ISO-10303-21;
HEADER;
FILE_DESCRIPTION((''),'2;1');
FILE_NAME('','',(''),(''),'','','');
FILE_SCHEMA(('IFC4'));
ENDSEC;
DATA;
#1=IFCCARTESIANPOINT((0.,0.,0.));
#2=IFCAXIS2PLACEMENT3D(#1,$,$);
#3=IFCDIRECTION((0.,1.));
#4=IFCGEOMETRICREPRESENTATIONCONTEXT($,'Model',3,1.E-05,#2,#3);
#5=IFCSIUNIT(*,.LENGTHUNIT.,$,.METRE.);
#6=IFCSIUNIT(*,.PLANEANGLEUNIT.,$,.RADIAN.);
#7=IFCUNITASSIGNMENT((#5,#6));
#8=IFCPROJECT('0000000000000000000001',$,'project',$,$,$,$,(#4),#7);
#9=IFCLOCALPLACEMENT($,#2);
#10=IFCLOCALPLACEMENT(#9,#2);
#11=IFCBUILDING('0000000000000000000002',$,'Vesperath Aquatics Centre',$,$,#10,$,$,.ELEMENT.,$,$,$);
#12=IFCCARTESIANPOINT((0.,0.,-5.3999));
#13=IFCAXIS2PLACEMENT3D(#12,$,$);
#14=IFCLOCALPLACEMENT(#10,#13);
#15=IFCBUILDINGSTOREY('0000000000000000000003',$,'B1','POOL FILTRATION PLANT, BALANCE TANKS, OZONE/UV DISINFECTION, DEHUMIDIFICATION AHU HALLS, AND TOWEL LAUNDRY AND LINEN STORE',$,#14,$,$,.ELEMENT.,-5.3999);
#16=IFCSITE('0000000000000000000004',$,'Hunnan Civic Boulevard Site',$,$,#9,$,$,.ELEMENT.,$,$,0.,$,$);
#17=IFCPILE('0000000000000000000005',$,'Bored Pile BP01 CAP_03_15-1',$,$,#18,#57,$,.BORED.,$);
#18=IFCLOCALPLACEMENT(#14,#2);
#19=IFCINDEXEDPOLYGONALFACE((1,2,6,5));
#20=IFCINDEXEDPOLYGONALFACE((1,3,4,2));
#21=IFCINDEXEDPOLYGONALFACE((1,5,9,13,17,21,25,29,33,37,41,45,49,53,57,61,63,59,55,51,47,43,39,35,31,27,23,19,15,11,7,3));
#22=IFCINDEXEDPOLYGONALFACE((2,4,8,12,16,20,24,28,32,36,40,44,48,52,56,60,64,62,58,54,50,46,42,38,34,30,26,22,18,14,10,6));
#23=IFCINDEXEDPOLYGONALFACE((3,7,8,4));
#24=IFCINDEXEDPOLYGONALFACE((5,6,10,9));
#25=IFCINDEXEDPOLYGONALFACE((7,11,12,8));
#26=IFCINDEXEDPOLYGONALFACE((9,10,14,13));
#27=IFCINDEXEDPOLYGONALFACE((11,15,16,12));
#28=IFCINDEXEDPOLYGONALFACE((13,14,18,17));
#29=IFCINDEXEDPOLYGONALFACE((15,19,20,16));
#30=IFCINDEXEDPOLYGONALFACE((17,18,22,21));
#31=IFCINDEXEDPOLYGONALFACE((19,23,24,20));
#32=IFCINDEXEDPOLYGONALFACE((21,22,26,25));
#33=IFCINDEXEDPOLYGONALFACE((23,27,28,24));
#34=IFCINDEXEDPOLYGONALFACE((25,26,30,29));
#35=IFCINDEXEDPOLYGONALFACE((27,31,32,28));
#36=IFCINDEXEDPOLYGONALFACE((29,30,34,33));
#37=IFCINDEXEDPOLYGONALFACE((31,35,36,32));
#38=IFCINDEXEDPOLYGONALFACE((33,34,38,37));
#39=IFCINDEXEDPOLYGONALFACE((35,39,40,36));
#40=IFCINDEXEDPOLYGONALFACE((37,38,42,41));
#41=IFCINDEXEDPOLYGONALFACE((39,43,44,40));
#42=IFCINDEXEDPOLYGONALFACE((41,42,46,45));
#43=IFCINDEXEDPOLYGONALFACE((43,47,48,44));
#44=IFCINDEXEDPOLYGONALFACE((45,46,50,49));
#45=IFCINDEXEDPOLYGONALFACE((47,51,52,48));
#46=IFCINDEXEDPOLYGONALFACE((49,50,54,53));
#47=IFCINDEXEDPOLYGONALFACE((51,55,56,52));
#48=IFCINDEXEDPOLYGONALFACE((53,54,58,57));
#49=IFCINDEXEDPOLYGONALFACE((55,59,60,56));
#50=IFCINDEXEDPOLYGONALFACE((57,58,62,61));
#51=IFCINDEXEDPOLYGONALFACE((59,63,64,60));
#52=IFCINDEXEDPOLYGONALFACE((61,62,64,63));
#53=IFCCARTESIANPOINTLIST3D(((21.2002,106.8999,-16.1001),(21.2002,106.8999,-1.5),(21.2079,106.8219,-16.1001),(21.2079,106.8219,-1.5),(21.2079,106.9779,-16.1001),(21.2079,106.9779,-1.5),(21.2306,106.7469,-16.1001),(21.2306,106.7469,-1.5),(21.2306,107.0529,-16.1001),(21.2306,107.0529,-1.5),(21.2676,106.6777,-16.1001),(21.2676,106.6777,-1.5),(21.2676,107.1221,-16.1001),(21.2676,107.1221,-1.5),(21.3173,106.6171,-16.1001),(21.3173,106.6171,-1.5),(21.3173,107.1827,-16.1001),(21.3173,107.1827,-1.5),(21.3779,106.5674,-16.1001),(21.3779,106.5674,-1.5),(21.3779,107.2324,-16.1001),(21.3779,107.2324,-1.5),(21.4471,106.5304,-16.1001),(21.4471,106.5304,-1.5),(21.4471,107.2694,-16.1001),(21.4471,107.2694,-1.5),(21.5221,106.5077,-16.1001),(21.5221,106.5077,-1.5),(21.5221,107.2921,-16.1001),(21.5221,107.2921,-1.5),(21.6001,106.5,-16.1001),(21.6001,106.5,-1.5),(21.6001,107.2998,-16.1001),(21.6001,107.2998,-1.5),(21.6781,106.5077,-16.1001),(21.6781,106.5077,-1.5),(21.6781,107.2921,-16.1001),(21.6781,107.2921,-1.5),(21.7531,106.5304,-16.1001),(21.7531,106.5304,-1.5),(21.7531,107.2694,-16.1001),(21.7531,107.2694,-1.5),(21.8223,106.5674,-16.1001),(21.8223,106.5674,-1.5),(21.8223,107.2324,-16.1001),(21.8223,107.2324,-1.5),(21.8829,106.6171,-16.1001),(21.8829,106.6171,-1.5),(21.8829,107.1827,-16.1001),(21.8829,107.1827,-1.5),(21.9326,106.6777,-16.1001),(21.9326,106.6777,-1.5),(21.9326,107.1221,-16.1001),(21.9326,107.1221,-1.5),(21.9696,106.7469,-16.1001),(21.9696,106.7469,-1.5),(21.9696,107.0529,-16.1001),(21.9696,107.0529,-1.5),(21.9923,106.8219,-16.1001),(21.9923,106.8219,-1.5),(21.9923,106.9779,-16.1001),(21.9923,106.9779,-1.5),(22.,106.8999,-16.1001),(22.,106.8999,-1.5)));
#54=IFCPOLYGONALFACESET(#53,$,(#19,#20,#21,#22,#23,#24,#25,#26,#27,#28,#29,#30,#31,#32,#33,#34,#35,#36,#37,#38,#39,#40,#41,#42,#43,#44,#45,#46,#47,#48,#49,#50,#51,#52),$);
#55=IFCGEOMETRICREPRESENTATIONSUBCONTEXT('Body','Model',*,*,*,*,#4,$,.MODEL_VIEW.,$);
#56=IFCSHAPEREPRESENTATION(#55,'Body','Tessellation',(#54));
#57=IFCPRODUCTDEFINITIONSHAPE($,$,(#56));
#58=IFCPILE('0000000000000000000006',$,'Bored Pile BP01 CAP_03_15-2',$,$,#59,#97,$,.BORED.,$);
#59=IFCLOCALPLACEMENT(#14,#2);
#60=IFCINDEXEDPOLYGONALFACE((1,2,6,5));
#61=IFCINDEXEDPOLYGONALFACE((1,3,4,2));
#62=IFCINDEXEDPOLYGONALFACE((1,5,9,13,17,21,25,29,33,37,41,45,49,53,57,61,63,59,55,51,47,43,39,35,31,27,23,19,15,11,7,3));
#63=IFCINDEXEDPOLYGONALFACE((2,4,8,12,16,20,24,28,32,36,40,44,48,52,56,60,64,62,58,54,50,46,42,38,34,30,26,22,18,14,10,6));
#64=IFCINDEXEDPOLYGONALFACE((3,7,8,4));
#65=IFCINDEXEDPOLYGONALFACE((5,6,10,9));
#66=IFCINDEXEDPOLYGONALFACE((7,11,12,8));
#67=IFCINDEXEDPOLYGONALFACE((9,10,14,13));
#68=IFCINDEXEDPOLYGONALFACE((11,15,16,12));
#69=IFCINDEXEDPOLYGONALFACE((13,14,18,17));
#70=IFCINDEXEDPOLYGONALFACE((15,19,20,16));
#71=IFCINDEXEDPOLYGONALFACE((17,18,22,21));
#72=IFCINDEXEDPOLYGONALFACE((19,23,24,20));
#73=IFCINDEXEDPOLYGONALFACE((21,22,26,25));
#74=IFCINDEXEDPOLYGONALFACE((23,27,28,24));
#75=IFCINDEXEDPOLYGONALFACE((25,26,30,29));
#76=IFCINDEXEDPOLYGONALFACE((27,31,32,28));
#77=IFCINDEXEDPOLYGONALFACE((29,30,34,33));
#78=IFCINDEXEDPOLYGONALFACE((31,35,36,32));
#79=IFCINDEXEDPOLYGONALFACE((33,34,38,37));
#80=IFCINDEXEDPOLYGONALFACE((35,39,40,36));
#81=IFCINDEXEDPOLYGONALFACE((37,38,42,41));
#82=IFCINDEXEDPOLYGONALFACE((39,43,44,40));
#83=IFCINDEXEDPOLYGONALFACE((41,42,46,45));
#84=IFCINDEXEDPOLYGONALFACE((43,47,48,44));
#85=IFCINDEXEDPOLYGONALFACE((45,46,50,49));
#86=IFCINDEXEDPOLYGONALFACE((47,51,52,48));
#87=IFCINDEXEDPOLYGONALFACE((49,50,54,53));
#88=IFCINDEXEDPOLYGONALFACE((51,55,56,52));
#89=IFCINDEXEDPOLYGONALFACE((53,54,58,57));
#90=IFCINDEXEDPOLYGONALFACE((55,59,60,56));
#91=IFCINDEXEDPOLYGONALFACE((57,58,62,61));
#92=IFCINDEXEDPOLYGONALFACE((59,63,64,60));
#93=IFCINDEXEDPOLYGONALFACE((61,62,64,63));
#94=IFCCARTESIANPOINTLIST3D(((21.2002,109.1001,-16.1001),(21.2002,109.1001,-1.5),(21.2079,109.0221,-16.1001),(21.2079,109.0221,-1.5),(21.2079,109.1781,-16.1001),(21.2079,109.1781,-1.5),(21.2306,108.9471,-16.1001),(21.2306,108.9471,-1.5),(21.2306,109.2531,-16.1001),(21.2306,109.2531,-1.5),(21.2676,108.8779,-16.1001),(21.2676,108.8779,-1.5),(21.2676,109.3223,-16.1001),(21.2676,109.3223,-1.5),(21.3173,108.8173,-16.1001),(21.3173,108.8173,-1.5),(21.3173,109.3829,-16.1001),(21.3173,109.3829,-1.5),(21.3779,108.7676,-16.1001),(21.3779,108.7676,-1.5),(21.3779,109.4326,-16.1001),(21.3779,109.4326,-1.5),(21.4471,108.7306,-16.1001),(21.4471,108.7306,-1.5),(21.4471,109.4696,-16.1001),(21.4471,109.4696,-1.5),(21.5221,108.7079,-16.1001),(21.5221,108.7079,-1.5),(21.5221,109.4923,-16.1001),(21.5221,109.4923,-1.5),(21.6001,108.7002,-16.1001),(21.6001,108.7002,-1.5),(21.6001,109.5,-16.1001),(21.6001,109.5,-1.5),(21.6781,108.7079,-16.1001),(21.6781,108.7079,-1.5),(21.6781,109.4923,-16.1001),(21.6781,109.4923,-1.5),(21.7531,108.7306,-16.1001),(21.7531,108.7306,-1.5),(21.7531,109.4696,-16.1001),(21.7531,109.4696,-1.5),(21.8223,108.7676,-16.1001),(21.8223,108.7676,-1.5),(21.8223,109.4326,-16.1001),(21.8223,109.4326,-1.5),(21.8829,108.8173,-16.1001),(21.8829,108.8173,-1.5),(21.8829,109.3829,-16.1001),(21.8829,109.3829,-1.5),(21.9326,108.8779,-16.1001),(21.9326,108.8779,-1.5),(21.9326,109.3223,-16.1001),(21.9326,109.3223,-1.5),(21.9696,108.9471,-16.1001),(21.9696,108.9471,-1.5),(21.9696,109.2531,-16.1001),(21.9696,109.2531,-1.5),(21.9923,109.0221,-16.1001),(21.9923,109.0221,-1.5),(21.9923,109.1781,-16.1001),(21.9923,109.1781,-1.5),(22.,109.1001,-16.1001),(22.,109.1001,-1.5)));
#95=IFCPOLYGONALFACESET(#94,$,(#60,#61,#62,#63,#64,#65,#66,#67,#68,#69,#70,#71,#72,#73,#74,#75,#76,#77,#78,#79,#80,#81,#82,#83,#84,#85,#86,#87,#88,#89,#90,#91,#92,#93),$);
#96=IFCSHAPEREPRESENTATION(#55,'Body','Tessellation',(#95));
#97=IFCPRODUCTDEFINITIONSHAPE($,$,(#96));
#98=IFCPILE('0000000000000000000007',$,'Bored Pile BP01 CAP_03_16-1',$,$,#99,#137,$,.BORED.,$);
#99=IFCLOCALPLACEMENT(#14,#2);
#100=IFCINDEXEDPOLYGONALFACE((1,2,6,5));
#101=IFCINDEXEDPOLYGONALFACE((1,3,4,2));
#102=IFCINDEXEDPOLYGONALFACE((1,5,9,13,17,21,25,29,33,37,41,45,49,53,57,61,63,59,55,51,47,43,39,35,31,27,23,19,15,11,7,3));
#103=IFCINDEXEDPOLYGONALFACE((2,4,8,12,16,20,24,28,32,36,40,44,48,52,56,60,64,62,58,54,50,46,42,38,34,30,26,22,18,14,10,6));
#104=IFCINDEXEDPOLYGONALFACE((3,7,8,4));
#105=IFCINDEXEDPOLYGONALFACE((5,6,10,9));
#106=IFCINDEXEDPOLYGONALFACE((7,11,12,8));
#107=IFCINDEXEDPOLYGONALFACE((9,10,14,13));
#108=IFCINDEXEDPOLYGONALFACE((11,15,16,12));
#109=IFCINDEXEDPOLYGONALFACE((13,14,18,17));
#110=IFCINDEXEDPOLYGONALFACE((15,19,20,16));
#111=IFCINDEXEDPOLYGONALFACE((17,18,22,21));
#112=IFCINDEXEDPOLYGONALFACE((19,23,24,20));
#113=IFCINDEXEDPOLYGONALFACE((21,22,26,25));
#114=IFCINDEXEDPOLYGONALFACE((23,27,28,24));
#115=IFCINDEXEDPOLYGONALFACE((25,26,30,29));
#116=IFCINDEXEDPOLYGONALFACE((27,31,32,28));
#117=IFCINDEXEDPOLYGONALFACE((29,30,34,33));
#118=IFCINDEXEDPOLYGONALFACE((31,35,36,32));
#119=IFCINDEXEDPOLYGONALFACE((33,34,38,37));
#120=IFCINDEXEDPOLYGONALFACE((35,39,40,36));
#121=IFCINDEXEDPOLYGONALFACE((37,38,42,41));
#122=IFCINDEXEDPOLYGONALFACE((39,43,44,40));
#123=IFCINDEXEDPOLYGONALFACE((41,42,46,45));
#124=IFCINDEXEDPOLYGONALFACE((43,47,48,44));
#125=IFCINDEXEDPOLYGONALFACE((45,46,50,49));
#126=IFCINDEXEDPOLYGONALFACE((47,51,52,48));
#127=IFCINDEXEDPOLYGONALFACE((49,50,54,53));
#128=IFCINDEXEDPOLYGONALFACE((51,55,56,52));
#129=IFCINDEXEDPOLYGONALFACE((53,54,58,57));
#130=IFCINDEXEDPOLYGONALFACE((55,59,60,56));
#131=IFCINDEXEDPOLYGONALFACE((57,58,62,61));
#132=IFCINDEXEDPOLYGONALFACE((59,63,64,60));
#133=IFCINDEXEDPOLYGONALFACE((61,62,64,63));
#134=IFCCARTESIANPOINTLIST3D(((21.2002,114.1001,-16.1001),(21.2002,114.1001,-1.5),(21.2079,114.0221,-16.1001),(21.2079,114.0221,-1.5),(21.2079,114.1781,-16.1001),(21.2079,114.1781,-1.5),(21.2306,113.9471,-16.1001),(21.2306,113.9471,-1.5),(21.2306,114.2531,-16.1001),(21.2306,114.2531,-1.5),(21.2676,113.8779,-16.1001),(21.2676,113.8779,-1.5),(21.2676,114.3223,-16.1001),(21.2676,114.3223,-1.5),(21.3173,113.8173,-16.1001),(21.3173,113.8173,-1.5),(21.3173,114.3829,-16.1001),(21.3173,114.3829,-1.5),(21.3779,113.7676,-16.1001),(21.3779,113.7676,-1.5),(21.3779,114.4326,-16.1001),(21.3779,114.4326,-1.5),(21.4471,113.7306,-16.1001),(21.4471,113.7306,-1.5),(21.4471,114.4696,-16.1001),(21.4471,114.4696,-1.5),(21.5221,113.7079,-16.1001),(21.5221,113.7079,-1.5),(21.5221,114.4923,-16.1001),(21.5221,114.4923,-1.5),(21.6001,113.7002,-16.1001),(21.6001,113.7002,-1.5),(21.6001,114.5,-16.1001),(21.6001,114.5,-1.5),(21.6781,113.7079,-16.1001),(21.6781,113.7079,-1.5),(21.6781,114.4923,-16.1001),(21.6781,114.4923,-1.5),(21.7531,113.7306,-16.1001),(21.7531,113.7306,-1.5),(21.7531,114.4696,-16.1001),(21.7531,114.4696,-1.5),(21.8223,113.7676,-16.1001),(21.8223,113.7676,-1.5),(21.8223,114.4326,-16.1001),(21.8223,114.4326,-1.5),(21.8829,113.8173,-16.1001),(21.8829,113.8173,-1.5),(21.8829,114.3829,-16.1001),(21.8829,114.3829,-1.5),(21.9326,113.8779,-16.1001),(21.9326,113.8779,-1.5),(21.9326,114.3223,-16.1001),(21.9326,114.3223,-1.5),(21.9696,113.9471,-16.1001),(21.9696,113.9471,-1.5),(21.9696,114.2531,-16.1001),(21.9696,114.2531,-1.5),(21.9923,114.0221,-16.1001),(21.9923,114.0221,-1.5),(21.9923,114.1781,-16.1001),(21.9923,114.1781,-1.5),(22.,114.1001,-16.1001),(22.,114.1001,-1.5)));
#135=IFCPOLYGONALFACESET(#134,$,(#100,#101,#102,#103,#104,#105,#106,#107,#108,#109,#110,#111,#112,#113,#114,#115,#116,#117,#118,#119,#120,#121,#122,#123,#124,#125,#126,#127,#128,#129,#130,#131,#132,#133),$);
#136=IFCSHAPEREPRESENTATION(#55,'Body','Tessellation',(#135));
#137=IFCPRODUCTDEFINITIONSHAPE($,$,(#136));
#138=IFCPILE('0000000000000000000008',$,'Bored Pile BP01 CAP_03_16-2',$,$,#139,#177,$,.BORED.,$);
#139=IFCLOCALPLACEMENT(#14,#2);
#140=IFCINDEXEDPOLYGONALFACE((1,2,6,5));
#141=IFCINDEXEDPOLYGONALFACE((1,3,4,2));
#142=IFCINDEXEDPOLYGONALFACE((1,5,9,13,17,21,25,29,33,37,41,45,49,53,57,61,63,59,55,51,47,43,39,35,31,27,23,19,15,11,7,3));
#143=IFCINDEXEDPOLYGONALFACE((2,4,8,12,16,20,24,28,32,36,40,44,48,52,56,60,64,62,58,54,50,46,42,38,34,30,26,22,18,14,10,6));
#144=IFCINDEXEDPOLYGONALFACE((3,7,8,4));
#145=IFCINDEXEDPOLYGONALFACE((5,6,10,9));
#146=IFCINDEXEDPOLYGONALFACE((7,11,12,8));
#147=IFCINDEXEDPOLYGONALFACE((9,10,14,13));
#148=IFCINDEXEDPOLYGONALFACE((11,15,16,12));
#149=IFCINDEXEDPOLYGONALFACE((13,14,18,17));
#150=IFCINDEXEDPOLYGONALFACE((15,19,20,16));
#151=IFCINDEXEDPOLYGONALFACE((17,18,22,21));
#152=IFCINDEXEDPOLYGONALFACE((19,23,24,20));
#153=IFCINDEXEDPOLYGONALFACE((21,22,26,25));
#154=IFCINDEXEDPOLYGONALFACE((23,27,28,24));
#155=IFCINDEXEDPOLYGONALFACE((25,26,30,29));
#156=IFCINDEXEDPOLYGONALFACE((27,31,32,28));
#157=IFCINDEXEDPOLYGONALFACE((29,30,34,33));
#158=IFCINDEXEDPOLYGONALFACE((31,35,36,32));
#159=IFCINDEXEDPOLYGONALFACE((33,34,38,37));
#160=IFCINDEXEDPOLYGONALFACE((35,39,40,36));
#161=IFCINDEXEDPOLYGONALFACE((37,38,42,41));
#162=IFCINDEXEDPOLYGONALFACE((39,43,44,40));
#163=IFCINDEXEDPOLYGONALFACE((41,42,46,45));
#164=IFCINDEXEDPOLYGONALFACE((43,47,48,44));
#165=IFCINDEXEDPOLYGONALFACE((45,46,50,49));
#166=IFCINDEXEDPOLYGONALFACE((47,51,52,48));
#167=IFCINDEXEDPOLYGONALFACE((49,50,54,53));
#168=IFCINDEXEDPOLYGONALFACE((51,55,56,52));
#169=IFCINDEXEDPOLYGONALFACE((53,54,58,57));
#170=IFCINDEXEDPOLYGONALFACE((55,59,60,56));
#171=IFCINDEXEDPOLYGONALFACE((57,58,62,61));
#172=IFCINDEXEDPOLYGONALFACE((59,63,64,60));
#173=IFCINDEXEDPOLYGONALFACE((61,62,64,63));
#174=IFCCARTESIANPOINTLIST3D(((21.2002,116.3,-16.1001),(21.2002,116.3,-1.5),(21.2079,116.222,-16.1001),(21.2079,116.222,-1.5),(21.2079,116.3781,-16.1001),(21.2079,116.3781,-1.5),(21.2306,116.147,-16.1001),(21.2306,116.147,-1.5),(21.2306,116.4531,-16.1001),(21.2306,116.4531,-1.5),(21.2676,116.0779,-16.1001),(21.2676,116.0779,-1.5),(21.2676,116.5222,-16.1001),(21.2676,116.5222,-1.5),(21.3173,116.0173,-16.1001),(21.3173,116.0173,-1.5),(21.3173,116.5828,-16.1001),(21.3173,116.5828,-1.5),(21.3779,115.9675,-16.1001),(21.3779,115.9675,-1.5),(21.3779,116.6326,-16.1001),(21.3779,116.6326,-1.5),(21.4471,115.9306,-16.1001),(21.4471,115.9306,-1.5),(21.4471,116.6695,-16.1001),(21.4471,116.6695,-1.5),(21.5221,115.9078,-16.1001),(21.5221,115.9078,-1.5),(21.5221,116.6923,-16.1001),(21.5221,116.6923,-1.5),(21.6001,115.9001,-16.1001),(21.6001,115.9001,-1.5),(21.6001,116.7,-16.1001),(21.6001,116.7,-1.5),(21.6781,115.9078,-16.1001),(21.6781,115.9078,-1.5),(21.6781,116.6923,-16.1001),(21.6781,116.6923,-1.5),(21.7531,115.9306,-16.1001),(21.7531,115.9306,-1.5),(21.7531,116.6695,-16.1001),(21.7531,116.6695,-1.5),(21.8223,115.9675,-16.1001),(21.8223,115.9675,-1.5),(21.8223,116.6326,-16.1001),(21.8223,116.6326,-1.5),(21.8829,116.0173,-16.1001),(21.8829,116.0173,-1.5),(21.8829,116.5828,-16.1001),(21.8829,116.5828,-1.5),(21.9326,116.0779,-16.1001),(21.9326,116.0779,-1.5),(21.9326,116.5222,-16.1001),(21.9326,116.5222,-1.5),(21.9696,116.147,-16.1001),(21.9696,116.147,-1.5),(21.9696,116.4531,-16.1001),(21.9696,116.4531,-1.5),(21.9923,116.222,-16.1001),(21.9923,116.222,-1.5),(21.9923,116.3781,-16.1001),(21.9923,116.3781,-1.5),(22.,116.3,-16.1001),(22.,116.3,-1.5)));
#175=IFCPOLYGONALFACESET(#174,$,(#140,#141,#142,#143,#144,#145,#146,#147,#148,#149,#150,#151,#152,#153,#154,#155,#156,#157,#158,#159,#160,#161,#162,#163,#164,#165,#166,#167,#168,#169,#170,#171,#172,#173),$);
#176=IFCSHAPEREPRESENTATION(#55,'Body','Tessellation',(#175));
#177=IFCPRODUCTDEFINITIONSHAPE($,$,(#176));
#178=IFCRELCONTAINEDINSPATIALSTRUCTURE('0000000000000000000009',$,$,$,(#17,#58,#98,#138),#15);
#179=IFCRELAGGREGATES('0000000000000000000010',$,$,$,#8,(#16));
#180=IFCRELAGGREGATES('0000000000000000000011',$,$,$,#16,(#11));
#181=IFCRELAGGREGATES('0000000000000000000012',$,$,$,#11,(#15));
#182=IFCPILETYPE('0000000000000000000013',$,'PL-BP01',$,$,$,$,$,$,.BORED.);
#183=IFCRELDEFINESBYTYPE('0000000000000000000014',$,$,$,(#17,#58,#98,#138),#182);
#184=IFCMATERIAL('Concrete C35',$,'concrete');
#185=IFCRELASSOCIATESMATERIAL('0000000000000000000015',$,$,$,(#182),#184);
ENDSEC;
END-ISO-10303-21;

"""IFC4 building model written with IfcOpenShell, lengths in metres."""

from ifc_helpers import new_model, si_unit, direction, frame, origin, origin_2d, place, context, subcontext, project, spatial, circle, extrude, material, material_profile, profile_set, type_object, element, save


model = new_model("IFC4")

# Units and contexts
model_context = context("Model", 3, precision=1e-05, world=origin(), true_north=direction((0.0, 1.0)))
body_context = subcontext(model_context, "Body", "Model", "MODEL_VIEW")
ifc_project = project(units=[si_unit("LENGTHUNIT", "METRE"), si_unit("PLANEANGLEUNIT", "RADIAN")], contexts=[model_context])

# Site, building, storey
site_placement = place(None, origin())
site = spatial("IfcSite", under=ifc_project, at=site_placement, Name="Hunnan Civic Boulevard Site", CompositionType="ELEMENT", RefElevation=0.0)
building_placement = place(site_placement, origin())
building = spatial("IfcBuilding", under=site, at=building_placement, Name="Vesperath Aquatics Centre", CompositionType="ELEMENT")
storey_placement = place(building_placement, frame((0.0, 0.0, -5.3999)))
storey = spatial("IfcBuildingStorey", under=building, at=storey_placement, Name="B1", Description="POOL FILTRATION PLANT, BALANCE TANKS, OZONE/UV DISINFECTION, DEHUMIDIFICATION AHU HALLS, AND TOWEL LAUNDRY AND LINEN STORE", CompositionType="ELEMENT", Elevation=-5.3999)

# Piles
ifc_material_1 = material(Name="Concrete C35", Category="concrete")
ifc_material_profile_1 = material_profile(ifc_material_1, circle(Radius=0.3999, at=origin_2d()), Name="PILE D800")
ifc_profile_set_1 = profile_set([ifc_material_profile_1], Name="Concrete C35")
pile_type = type_object("IfcPileType", Name="PL-BP01", PredefinedType="BORED", material=ifc_profile_set_1)
for number, where, z_axis, x_axis, name in (
    (1, (21.6001, 106.8999, -1.5), (0.0, 0.0, -1.0), (1.0, 0.0, 0.0), "Bored Pile BP01 CAP_03_15-1"),
    (2, (21.6001, 109.1001, -1.5), (0.0, 0.0, -1.0), (1.0, 0.0, 0.0), "Bored Pile BP01 CAP_03_15-2"),
    (3, (21.6001, 114.1001, -1.5), (0.0, 0.0, -1.0), (1.0, 0.0, 0.0), "Bored Pile BP01 CAP_03_16-1"),
    (4, (21.6001, 116.3, -1.5), (0.0, 0.0, -1.0), (1.0, 0.0, 0.0), "Bored Pile BP01 CAP_03_16-2"),
):
    element("IfcPile", number, at=place(storey_placement, frame(where, z_axis=z_axis, x_axis=x_axis)), inside=storey, type_object=pile_type, Name=name, PredefinedType="BORED", context=body_context, shape_type="SweptSolid", body=[
        extrude(circle(Radius=0.3999, at=origin_2d()), origin(), (0.0, 0.0, 1.0), 14.6001),
    ])

save(model, "model.ifc")
